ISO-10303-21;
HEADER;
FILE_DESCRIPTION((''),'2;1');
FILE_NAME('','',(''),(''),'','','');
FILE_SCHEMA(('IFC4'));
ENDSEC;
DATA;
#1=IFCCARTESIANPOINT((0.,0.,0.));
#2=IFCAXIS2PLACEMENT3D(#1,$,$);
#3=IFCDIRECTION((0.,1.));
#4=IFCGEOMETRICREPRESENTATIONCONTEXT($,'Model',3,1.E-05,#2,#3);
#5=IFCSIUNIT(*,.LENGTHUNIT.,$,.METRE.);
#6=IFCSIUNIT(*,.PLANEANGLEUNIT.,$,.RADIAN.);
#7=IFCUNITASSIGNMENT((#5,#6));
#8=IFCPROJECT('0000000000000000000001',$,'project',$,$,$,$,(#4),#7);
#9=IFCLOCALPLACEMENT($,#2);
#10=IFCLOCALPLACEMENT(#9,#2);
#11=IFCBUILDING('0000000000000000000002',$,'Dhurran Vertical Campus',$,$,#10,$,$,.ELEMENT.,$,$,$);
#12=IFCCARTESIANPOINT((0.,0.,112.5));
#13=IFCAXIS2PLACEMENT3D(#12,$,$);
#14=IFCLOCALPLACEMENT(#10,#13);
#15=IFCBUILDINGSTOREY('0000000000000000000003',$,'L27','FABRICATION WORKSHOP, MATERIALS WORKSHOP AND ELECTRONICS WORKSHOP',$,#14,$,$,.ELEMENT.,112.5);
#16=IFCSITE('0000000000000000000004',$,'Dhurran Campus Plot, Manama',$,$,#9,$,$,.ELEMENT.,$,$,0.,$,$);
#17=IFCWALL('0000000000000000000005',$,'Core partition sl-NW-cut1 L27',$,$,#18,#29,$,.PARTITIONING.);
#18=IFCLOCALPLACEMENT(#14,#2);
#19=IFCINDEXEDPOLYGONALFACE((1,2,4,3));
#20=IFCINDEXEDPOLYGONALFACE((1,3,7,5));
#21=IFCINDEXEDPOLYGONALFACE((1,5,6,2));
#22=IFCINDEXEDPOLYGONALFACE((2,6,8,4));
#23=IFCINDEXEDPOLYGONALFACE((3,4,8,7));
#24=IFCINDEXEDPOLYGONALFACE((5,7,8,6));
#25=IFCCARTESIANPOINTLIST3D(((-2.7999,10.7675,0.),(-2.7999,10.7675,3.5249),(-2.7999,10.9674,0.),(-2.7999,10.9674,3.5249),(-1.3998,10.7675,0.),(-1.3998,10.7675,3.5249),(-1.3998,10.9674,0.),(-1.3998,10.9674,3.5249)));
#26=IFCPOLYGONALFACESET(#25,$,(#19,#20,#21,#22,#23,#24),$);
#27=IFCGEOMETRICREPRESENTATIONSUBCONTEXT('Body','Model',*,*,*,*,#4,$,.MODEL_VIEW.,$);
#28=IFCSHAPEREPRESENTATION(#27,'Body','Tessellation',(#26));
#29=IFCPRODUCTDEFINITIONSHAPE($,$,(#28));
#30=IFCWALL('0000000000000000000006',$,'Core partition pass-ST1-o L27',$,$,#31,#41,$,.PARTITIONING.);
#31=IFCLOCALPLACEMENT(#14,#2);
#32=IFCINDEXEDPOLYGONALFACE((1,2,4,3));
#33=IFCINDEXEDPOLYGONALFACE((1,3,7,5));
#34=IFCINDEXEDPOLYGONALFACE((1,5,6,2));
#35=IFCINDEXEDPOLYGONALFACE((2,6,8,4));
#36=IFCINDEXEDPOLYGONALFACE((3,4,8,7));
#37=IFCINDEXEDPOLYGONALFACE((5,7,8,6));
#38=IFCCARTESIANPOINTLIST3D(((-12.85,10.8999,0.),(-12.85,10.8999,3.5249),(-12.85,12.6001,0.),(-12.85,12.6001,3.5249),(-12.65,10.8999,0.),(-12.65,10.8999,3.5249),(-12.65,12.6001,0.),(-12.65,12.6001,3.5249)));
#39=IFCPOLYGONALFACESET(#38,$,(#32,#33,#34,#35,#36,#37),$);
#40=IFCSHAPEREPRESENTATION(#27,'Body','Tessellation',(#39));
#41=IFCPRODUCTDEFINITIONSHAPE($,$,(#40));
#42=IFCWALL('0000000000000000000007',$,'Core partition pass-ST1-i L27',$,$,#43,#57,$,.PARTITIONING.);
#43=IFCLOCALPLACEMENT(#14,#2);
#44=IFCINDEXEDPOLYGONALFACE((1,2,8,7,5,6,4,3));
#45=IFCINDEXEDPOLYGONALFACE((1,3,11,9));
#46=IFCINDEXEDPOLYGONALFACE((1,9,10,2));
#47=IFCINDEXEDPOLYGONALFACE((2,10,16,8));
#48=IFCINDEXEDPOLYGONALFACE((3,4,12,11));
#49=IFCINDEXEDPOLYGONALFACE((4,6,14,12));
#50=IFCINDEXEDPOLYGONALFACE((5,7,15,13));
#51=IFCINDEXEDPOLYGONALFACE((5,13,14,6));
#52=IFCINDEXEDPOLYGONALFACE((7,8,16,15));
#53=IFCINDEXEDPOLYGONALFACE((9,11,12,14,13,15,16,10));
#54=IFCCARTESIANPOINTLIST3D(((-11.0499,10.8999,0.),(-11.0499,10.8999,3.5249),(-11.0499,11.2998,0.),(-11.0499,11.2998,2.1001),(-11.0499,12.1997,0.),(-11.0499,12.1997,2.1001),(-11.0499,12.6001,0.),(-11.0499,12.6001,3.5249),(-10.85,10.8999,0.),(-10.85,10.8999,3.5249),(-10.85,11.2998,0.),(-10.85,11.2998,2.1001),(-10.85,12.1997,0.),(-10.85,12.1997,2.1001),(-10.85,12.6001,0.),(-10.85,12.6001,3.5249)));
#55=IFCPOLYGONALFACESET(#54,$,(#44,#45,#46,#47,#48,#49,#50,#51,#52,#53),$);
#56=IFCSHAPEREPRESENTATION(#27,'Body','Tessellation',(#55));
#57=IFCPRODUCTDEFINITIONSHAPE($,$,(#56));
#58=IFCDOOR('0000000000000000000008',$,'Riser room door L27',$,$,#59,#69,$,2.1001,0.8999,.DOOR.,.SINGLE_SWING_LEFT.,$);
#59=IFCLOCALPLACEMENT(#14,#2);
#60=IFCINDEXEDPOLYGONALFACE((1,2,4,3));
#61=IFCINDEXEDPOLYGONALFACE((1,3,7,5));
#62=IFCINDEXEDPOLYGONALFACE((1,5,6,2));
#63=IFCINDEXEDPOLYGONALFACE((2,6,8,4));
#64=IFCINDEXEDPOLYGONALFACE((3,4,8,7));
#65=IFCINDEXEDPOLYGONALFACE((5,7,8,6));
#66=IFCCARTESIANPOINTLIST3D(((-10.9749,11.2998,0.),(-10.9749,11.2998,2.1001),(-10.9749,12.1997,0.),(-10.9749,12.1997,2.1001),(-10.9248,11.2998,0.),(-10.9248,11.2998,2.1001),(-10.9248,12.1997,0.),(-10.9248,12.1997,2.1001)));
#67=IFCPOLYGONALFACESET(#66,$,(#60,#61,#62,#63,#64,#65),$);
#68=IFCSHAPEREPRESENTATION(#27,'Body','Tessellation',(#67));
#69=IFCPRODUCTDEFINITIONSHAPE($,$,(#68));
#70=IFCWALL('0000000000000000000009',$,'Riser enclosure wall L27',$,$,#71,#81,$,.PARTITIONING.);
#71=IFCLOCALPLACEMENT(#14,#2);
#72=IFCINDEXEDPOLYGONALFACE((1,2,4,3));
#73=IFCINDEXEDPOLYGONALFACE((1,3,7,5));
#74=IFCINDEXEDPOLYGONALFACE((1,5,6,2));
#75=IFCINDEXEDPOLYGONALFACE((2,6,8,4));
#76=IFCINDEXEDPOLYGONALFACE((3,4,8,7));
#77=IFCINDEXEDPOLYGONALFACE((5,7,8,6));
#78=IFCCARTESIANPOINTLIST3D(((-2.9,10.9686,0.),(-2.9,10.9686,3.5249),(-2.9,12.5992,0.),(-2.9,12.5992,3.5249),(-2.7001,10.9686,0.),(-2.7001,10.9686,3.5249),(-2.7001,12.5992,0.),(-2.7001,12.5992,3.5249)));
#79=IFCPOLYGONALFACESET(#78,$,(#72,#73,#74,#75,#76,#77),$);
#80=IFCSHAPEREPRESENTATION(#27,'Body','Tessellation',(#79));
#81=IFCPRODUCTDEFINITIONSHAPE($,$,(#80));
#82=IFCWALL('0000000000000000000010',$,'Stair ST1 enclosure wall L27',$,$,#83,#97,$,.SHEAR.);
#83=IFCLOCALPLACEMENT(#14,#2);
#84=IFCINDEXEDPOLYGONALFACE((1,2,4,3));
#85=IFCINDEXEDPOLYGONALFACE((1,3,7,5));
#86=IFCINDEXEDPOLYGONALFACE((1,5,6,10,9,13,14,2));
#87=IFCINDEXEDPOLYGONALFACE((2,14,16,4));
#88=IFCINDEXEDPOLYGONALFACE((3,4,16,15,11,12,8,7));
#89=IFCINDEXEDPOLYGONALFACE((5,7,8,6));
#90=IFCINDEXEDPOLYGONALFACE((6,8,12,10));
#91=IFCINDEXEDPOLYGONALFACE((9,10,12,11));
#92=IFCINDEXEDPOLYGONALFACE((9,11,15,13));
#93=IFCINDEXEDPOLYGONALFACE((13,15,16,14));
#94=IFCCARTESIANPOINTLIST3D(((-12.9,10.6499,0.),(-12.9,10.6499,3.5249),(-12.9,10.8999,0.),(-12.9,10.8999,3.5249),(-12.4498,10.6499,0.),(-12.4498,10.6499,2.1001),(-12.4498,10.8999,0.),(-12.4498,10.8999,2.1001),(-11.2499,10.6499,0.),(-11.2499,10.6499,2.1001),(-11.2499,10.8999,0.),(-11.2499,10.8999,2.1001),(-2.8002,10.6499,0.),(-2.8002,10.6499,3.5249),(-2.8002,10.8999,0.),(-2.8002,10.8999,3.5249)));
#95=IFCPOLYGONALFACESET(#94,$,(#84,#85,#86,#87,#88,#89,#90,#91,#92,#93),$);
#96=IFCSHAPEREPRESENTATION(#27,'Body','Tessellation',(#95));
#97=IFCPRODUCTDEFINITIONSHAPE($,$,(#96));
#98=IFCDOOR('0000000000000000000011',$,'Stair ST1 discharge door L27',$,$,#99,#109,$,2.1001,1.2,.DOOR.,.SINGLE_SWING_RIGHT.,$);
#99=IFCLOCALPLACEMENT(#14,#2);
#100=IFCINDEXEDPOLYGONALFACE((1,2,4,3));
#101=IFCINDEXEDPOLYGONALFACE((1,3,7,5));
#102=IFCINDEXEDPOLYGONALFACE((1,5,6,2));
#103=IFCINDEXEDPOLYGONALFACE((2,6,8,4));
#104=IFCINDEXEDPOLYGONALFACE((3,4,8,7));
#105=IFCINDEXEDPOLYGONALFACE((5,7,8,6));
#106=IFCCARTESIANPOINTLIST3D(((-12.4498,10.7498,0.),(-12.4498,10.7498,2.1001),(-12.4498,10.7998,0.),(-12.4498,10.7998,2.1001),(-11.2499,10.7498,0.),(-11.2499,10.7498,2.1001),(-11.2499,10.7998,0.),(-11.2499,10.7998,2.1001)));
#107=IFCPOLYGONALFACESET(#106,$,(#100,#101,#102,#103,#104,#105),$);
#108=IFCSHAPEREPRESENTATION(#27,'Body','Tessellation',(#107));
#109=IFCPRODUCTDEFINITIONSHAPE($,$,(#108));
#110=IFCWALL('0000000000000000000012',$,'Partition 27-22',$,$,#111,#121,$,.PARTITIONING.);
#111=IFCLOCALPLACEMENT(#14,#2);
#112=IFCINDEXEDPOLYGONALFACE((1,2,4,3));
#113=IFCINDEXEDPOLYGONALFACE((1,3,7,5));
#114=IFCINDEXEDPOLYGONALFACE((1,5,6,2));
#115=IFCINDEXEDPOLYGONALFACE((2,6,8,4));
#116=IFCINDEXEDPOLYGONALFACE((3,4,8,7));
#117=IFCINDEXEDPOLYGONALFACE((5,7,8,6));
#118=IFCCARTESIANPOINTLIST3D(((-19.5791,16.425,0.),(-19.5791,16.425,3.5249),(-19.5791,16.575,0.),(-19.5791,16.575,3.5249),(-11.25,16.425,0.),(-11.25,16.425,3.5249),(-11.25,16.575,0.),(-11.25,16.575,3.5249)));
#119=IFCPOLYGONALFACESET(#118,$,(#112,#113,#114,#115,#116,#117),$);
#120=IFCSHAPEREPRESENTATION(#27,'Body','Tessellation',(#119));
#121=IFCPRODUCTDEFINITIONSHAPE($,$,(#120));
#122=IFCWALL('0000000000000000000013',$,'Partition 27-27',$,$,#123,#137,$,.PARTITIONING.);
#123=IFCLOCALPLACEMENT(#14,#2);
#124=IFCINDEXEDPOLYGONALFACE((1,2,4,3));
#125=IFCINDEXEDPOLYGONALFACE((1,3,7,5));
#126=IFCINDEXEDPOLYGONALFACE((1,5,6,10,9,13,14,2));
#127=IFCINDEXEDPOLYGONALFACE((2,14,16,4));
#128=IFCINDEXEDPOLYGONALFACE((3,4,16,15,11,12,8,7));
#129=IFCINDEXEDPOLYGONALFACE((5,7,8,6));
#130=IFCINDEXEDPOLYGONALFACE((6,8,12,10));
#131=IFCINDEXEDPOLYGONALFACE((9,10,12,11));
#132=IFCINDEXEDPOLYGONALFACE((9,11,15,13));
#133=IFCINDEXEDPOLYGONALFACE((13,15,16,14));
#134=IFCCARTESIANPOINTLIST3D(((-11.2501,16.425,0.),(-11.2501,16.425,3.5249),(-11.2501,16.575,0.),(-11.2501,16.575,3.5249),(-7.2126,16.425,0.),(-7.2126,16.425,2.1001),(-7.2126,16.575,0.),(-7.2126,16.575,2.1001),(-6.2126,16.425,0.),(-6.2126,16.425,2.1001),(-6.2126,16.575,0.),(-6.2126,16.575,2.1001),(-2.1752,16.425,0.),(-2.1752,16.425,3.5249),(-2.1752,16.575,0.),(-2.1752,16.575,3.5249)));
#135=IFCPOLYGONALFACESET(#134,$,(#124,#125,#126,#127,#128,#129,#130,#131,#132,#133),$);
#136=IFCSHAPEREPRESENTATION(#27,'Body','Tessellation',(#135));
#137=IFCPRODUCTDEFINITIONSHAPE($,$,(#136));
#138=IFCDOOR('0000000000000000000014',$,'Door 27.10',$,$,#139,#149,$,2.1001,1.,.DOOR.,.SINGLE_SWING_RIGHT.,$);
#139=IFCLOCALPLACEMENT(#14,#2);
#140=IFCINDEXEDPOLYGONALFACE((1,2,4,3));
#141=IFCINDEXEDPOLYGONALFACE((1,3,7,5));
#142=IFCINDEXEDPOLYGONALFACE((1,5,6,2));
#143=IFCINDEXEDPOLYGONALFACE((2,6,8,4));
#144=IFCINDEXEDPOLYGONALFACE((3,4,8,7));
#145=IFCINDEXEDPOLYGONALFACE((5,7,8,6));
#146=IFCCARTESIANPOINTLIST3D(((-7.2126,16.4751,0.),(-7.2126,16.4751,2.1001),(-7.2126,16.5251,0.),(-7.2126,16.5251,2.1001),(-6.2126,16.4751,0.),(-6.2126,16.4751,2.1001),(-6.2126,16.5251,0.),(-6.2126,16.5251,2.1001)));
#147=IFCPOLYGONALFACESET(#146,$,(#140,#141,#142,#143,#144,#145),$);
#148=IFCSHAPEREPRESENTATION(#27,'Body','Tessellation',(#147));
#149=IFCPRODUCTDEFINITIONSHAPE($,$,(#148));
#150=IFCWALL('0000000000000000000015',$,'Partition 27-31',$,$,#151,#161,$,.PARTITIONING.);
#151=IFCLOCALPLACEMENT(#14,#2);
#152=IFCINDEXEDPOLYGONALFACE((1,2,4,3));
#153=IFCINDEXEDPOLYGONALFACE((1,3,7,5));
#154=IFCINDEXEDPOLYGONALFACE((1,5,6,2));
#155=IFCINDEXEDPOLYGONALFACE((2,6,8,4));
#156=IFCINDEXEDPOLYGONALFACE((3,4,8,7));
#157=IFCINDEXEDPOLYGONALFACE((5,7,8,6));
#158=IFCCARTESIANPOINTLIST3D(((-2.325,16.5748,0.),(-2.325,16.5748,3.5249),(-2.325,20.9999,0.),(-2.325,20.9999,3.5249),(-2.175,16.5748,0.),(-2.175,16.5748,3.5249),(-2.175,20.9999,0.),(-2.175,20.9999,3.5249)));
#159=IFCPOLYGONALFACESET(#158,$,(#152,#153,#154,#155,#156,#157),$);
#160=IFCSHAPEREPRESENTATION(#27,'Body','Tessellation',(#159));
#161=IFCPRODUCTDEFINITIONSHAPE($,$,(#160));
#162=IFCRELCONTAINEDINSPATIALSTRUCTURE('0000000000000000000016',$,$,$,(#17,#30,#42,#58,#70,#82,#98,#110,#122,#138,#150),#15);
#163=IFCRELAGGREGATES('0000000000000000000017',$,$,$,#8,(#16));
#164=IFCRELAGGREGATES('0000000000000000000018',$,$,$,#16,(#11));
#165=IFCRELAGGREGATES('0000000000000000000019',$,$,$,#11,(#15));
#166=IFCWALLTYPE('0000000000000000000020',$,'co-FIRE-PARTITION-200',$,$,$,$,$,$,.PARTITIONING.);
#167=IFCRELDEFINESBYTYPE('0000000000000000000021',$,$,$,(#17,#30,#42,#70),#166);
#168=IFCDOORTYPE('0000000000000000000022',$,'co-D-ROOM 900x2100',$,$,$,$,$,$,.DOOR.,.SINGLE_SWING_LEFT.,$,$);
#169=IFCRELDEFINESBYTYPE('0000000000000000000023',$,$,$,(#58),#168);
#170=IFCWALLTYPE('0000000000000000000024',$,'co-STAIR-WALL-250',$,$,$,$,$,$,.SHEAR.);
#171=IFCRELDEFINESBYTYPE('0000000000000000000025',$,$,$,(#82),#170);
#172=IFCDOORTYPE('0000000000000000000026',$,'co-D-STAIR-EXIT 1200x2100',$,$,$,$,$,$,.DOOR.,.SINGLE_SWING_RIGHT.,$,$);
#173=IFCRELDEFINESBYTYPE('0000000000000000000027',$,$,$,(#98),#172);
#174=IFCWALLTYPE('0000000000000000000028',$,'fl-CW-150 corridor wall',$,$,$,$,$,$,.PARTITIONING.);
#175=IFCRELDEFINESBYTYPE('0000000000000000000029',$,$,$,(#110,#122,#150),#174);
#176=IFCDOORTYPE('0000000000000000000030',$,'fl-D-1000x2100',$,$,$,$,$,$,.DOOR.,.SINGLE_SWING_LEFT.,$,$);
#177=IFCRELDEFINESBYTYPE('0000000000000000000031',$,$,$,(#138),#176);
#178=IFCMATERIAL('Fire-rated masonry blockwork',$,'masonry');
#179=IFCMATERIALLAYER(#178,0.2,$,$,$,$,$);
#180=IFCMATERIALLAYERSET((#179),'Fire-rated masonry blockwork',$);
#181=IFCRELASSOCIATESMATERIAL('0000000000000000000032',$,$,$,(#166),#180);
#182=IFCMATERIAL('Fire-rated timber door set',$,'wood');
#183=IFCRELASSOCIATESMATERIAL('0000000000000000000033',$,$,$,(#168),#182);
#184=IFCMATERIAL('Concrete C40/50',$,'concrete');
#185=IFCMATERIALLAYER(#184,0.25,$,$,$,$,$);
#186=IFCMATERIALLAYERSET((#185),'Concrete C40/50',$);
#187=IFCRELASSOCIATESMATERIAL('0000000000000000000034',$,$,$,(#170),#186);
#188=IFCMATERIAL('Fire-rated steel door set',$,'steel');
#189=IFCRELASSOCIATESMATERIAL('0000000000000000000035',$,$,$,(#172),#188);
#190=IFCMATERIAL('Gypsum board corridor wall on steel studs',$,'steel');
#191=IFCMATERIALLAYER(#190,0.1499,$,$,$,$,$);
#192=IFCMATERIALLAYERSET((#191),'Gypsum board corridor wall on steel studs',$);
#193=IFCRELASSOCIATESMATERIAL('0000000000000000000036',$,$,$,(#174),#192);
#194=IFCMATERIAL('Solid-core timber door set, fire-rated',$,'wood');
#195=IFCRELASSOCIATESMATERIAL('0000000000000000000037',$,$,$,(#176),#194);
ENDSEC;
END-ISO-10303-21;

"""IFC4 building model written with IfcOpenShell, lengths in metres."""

from ifc_helpers import new_model, si_unit, direction, frame, frame_2d, origin, place, context, subcontext, project, spatial, rectangle, extrude, material, layer, layer_set, type_object, element, fill, save


model = new_model("IFC4")

# Units and contexts
model_context = context("Model", 3, precision=1e-05, world=origin(), true_north=direction((0.0, 1.0)))
body_context = subcontext(model_context, "Body", "Model", "MODEL_VIEW")
ifc_project = project(units=[si_unit("LENGTHUNIT", "METRE"), si_unit("PLANEANGLEUNIT", "RADIAN")], contexts=[model_context])

# Site, building, storey
site_placement = place(None, origin())
site = spatial("IfcSite", under=ifc_project, at=site_placement, Name="Dhurran Campus Plot, Manama", CompositionType="ELEMENT", RefElevation=0.0)
building_placement = place(site_placement, origin())
building = spatial("IfcBuilding", under=site, at=building_placement, Name="Dhurran Vertical Campus", CompositionType="ELEMENT")
storey_placement = place(building_placement, frame((0.0, 0.0, 112.5)))
storey = spatial("IfcBuildingStorey", under=building, at=storey_placement, Name="L27", Description="FABRICATION WORKSHOP, MATERIALS WORKSHOP AND ELECTRONICS WORKSHOP", CompositionType="ELEMENT", Elevation=112.5)

# Walls
ifc_material_1 = material(Name="Fire-rated masonry blockwork", Category="masonry")
ifc_layer_1 = layer(ifc_material_1, 0.2)
ifc_layer_set_1 = layer_set([ifc_layer_1], Name="Fire-rated masonry blockwork")
wall_type_1 = type_object("IfcWallType", Name="co-FIRE-PARTITION-200", PredefinedType="PARTITIONING", material=ifc_layer_set_1)
wall_1_placement = place(storey_placement, frame((-2.8, 10.8674, 0.0), z_axis=(0.0, 0.0, 1.0), x_axis=(1.0, 0.0, 0.0)))
element("IfcWall", 1, at=wall_1_placement, inside=storey, type_object=wall_type_1, Name="Core partition sl-NW-cut1 L27", PredefinedType="PARTITIONING", context=body_context, shape_type="SweptSolid", body=[
    extrude(rectangle(XDim=1.4001, YDim=0.2, at=frame_2d((0.7002, 0.0))), origin(), (0.0, 0.0, 1.0), 3.5249),
])
wall_2_placement = place(storey_placement, frame((-12.75, 10.8999, 0.0), z_axis=(0.0, 0.0, 1.0), x_axis=(0.0, 1.0, 0.0)))
element("IfcWall", 2, at=wall_2_placement, inside=storey, type_object=wall_type_1, Name="Core partition pass-ST1-o L27", PredefinedType="PARTITIONING", context=body_context, shape_type="SweptSolid", body=[
    extrude(rectangle(XDim=1.7002, YDim=0.2, at=frame_2d((0.8501, 0.0))), origin(), (0.0, 0.0, 1.0), 3.5249),
])

# Wall, opening, door
wall_3_placement = place(storey_placement, frame((-10.95, 10.8999, 0.0), z_axis=(0.0, 0.0, 1.0), x_axis=(0.0, 1.0, 0.0)))
wall_3 = element("IfcWall", 3, at=wall_3_placement, inside=storey, type_object=wall_type_1, Name="Core partition pass-ST1-i L27", PredefinedType="PARTITIONING", context=body_context, shape_type="SweptSolid", body=[
    extrude(rectangle(XDim=1.7002, YDim=0.2, at=frame_2d((0.8501, 0.0))), origin(), (0.0, 0.0, 1.0), 3.5249),
])
opening_1_placement = place(wall_3_placement, frame((0.3999, 0.0, 0.0)))
opening_1 = element("IfcOpeningElement", 4, at=opening_1_placement, cuts=wall_3, PredefinedType="OPENING", context=body_context, shape_type="SweptSolid", body=[
    extrude(rectangle(XDim=0.8999, YDim=2.1001, at=frame_2d((0.45, 1.05))), frame((0.0, 0.1099, 0.0), z_axis=(0.0, -1.0, 0.0), x_axis=(1.0, 0.0, 0.0)), (0.0, 0.0, 1.0), 0.22),
])
ifc_material_2 = material(Name="Fire-rated timber door set", Category="wood")
door_type_1 = type_object("IfcDoorType", Name="co-D-ROOM 900x2100", OperationType="SINGLE_SWING_LEFT", PredefinedType="DOOR", material=ifc_material_2)
door_1_placement = place(opening_1_placement, origin())
door_1 = element("IfcDoor", 5, at=door_1_placement, inside=storey, type_object=door_type_1, Name="Riser room door L27", OperationType="SINGLE_SWING_LEFT", OverallHeight=2.1001, OverallWidth=0.8999, PredefinedType="DOOR", context=body_context, shape_type="SweptSolid", body=[
    extrude(rectangle(XDim=0.8999, YDim=2.1001, at=frame_2d((0.45, 1.05))), frame((0.0, 0.0249, 0.0), z_axis=(0.0, -1.0, 0.0), x_axis=(1.0, 0.0, 0.0)), (0.0, 0.0, 1.0), 0.05),
])
fill(opening_1, door_1)

# Wall
wall_4_placement = place(storey_placement, frame((-2.8, 10.9685, 0.0), z_axis=(0.0, 0.0, 1.0), x_axis=(0.0, 1.0, 0.0)))
element("IfcWall", 6, at=wall_4_placement, inside=storey, type_object=wall_type_1, Name="Riser enclosure wall L27", PredefinedType="PARTITIONING", context=body_context, shape_type="SweptSolid", body=[
    extrude(rectangle(XDim=1.6306, YDim=0.2, at=frame_2d((0.8154, 0.0))), origin(), (0.0, 0.0, 1.0), 3.5249),
])

# Wall, opening, door
ifc_material_3 = material(Name="Concrete C40/50", Category="concrete")
ifc_layer_2 = layer(ifc_material_3, 0.25)
ifc_layer_set_2 = layer_set([ifc_layer_2], Name="Concrete C40/50")
wall_type_2 = type_object("IfcWallType", Name="co-STAIR-WALL-250", PredefinedType="SHEAR", material=ifc_layer_set_2)
wall_5_placement = place(storey_placement, frame((-12.8999, 10.7749, 0.0), z_axis=(0.0, 0.0, 1.0), x_axis=(1.0, 0.0, 0.0)))
wall_5 = element("IfcWall", 7, at=wall_5_placement, inside=storey, type_object=wall_type_2, Name="Stair ST1 enclosure wall L27", PredefinedType="SHEAR", context=body_context, shape_type="SweptSolid", body=[
    extrude(rectangle(XDim=10.0999, YDim=0.25, at=frame_2d((5.0498, 0.0))), origin(), (0.0, 0.0, 1.0), 3.5249),
])
opening_2_placement = place(wall_5_placement, frame((0.45, 0.0, 0.0)))
opening_2 = element("IfcOpeningElement", 8, at=opening_2_placement, cuts=wall_5, PredefinedType="OPENING", context=body_context, shape_type="SweptSolid", body=[
    extrude(rectangle(XDim=1.2, YDim=2.1001, at=frame_2d((0.6001, 1.05))), frame((0.0, 0.135, 0.0), z_axis=(0.0, -1.0, 0.0), x_axis=(1.0, 0.0, 0.0)), (0.0, 0.0, 1.0), 0.27),
])
ifc_material_4 = material(Name="Fire-rated steel door set", Category="steel")
door_type_2 = type_object("IfcDoorType", Name="co-D-STAIR-EXIT 1200x2100", OperationType="SINGLE_SWING_RIGHT", PredefinedType="DOOR", material=ifc_material_4)
door_2_placement = place(opening_2_placement, origin())
door_2 = element("IfcDoor", 9, at=door_2_placement, inside=storey, type_object=door_type_2, Name="Stair ST1 discharge door L27", OperationType="SINGLE_SWING_RIGHT", OverallHeight=2.1001, OverallWidth=1.2, PredefinedType="DOOR", context=body_context, shape_type="SweptSolid", body=[
    extrude(rectangle(XDim=1.2, YDim=2.1001, at=frame_2d((0.6001, 1.05))), frame((0.0, 0.0249, 0.0), z_axis=(0.0, -1.0, 0.0), x_axis=(1.0, 0.0, 0.0)), (0.0, 0.0, 1.0), 0.05),
])
fill(opening_2, door_2)

# Wall
ifc_material_5 = material(Name="Gypsum board corridor wall on steel studs", Category="steel")
ifc_layer_3 = layer(ifc_material_5, 0.1499)
ifc_layer_set_3 = layer_set([ifc_layer_3], Name="Gypsum board corridor wall on steel studs")
wall_type_3 = type_object("IfcWallType", Name="fl-CW-150 corridor wall", PredefinedType="PARTITIONING", material=ifc_layer_set_3)
wall_6_placement = place(storey_placement, frame((-11.25, 16.5, 0.0), z_axis=(0.0, 0.0, 1.0), x_axis=(-1.0, 0.0, 0.0)))
element("IfcWall", 10, at=wall_6_placement, inside=storey, type_object=wall_type_3, Name="Partition 27-22", PredefinedType="PARTITIONING", context=body_context, shape_type="SweptSolid", body=[
    extrude(rectangle(XDim=8.3291, YDim=0.1499, at=frame_2d((4.1646, 0.0))), origin(), (0.0, 0.0, 1.0), 3.5249),
])

# Wall, opening, door
wall_7_placement = place(storey_placement, frame((-2.175, 16.5, 0.0), z_axis=(0.0, 0.0, 1.0), x_axis=(-1.0, 0.0, 0.0)))
wall_7 = element("IfcWall", 11, at=wall_7_placement, inside=storey, type_object=wall_type_3, Name="Partition 27-27", PredefinedType="PARTITIONING", context=body_context, shape_type="SweptSolid", body=[
    extrude(rectangle(XDim=9.075, YDim=0.1499, at=frame_2d((4.5376, 0.0))), origin(), (0.0, 0.0, 1.0), 3.5249),
])
opening_3_placement = place(wall_7_placement, frame((4.0376, 0.0, 0.0)))
opening_3 = element("IfcOpeningElement", 12, at=opening_3_placement, cuts=wall_7, PredefinedType="OPENING", context=body_context, shape_type="SweptSolid", body=[
    extrude(rectangle(XDim=1.0, YDim=2.1001, at=frame_2d((0.5, 1.05))), frame((0.0, 0.085, 0.0), z_axis=(0.0, -1.0, 0.0), x_axis=(1.0, 0.0, 0.0)), (0.0, 0.0, 1.0), 0.1699),
])
ifc_material_6 = material(Name="Solid-core timber door set, fire-rated", Category="wood")
door_type_3 = type_object("IfcDoorType", Name="fl-D-1000x2100", OperationType="SINGLE_SWING_LEFT", PredefinedType="DOOR", material=ifc_material_6)
door_3_placement = place(opening_3_placement, origin())
door_3 = element("IfcDoor", 13, at=door_3_placement, inside=storey, type_object=door_type_3, Name="Door 27.10", OperationType="SINGLE_SWING_RIGHT", OverallHeight=2.1001, OverallWidth=1.0, PredefinedType="DOOR", context=body_context, shape_type="SweptSolid", body=[
    extrude(rectangle(XDim=1.0, YDim=2.1001, at=frame_2d((0.5, 1.05))), frame((0.0, 0.0249, 0.0), z_axis=(0.0, -1.0, 0.0), x_axis=(1.0, 0.0, 0.0)), (0.0, 0.0, 1.0), 0.05),
])
fill(opening_3, door_3)

# Wall
wall_8_placement = place(storey_placement, frame((-2.25, 16.575, 0.0), z_axis=(0.0, 0.0, 1.0), x_axis=(0.0, 1.0, 0.0)))
element("IfcWall", 14, at=wall_8_placement, inside=storey, type_object=wall_type_3, Name="Partition 27-31", PredefinedType="PARTITIONING", context=body_context, shape_type="SweptSolid", body=[
    extrude(rectangle(XDim=4.425, YDim=0.1499, at=frame_2d((2.2124, 0.0))), origin(), (0.0, 0.0, 1.0), 3.5249),
])

save(model, "model.ifc")
